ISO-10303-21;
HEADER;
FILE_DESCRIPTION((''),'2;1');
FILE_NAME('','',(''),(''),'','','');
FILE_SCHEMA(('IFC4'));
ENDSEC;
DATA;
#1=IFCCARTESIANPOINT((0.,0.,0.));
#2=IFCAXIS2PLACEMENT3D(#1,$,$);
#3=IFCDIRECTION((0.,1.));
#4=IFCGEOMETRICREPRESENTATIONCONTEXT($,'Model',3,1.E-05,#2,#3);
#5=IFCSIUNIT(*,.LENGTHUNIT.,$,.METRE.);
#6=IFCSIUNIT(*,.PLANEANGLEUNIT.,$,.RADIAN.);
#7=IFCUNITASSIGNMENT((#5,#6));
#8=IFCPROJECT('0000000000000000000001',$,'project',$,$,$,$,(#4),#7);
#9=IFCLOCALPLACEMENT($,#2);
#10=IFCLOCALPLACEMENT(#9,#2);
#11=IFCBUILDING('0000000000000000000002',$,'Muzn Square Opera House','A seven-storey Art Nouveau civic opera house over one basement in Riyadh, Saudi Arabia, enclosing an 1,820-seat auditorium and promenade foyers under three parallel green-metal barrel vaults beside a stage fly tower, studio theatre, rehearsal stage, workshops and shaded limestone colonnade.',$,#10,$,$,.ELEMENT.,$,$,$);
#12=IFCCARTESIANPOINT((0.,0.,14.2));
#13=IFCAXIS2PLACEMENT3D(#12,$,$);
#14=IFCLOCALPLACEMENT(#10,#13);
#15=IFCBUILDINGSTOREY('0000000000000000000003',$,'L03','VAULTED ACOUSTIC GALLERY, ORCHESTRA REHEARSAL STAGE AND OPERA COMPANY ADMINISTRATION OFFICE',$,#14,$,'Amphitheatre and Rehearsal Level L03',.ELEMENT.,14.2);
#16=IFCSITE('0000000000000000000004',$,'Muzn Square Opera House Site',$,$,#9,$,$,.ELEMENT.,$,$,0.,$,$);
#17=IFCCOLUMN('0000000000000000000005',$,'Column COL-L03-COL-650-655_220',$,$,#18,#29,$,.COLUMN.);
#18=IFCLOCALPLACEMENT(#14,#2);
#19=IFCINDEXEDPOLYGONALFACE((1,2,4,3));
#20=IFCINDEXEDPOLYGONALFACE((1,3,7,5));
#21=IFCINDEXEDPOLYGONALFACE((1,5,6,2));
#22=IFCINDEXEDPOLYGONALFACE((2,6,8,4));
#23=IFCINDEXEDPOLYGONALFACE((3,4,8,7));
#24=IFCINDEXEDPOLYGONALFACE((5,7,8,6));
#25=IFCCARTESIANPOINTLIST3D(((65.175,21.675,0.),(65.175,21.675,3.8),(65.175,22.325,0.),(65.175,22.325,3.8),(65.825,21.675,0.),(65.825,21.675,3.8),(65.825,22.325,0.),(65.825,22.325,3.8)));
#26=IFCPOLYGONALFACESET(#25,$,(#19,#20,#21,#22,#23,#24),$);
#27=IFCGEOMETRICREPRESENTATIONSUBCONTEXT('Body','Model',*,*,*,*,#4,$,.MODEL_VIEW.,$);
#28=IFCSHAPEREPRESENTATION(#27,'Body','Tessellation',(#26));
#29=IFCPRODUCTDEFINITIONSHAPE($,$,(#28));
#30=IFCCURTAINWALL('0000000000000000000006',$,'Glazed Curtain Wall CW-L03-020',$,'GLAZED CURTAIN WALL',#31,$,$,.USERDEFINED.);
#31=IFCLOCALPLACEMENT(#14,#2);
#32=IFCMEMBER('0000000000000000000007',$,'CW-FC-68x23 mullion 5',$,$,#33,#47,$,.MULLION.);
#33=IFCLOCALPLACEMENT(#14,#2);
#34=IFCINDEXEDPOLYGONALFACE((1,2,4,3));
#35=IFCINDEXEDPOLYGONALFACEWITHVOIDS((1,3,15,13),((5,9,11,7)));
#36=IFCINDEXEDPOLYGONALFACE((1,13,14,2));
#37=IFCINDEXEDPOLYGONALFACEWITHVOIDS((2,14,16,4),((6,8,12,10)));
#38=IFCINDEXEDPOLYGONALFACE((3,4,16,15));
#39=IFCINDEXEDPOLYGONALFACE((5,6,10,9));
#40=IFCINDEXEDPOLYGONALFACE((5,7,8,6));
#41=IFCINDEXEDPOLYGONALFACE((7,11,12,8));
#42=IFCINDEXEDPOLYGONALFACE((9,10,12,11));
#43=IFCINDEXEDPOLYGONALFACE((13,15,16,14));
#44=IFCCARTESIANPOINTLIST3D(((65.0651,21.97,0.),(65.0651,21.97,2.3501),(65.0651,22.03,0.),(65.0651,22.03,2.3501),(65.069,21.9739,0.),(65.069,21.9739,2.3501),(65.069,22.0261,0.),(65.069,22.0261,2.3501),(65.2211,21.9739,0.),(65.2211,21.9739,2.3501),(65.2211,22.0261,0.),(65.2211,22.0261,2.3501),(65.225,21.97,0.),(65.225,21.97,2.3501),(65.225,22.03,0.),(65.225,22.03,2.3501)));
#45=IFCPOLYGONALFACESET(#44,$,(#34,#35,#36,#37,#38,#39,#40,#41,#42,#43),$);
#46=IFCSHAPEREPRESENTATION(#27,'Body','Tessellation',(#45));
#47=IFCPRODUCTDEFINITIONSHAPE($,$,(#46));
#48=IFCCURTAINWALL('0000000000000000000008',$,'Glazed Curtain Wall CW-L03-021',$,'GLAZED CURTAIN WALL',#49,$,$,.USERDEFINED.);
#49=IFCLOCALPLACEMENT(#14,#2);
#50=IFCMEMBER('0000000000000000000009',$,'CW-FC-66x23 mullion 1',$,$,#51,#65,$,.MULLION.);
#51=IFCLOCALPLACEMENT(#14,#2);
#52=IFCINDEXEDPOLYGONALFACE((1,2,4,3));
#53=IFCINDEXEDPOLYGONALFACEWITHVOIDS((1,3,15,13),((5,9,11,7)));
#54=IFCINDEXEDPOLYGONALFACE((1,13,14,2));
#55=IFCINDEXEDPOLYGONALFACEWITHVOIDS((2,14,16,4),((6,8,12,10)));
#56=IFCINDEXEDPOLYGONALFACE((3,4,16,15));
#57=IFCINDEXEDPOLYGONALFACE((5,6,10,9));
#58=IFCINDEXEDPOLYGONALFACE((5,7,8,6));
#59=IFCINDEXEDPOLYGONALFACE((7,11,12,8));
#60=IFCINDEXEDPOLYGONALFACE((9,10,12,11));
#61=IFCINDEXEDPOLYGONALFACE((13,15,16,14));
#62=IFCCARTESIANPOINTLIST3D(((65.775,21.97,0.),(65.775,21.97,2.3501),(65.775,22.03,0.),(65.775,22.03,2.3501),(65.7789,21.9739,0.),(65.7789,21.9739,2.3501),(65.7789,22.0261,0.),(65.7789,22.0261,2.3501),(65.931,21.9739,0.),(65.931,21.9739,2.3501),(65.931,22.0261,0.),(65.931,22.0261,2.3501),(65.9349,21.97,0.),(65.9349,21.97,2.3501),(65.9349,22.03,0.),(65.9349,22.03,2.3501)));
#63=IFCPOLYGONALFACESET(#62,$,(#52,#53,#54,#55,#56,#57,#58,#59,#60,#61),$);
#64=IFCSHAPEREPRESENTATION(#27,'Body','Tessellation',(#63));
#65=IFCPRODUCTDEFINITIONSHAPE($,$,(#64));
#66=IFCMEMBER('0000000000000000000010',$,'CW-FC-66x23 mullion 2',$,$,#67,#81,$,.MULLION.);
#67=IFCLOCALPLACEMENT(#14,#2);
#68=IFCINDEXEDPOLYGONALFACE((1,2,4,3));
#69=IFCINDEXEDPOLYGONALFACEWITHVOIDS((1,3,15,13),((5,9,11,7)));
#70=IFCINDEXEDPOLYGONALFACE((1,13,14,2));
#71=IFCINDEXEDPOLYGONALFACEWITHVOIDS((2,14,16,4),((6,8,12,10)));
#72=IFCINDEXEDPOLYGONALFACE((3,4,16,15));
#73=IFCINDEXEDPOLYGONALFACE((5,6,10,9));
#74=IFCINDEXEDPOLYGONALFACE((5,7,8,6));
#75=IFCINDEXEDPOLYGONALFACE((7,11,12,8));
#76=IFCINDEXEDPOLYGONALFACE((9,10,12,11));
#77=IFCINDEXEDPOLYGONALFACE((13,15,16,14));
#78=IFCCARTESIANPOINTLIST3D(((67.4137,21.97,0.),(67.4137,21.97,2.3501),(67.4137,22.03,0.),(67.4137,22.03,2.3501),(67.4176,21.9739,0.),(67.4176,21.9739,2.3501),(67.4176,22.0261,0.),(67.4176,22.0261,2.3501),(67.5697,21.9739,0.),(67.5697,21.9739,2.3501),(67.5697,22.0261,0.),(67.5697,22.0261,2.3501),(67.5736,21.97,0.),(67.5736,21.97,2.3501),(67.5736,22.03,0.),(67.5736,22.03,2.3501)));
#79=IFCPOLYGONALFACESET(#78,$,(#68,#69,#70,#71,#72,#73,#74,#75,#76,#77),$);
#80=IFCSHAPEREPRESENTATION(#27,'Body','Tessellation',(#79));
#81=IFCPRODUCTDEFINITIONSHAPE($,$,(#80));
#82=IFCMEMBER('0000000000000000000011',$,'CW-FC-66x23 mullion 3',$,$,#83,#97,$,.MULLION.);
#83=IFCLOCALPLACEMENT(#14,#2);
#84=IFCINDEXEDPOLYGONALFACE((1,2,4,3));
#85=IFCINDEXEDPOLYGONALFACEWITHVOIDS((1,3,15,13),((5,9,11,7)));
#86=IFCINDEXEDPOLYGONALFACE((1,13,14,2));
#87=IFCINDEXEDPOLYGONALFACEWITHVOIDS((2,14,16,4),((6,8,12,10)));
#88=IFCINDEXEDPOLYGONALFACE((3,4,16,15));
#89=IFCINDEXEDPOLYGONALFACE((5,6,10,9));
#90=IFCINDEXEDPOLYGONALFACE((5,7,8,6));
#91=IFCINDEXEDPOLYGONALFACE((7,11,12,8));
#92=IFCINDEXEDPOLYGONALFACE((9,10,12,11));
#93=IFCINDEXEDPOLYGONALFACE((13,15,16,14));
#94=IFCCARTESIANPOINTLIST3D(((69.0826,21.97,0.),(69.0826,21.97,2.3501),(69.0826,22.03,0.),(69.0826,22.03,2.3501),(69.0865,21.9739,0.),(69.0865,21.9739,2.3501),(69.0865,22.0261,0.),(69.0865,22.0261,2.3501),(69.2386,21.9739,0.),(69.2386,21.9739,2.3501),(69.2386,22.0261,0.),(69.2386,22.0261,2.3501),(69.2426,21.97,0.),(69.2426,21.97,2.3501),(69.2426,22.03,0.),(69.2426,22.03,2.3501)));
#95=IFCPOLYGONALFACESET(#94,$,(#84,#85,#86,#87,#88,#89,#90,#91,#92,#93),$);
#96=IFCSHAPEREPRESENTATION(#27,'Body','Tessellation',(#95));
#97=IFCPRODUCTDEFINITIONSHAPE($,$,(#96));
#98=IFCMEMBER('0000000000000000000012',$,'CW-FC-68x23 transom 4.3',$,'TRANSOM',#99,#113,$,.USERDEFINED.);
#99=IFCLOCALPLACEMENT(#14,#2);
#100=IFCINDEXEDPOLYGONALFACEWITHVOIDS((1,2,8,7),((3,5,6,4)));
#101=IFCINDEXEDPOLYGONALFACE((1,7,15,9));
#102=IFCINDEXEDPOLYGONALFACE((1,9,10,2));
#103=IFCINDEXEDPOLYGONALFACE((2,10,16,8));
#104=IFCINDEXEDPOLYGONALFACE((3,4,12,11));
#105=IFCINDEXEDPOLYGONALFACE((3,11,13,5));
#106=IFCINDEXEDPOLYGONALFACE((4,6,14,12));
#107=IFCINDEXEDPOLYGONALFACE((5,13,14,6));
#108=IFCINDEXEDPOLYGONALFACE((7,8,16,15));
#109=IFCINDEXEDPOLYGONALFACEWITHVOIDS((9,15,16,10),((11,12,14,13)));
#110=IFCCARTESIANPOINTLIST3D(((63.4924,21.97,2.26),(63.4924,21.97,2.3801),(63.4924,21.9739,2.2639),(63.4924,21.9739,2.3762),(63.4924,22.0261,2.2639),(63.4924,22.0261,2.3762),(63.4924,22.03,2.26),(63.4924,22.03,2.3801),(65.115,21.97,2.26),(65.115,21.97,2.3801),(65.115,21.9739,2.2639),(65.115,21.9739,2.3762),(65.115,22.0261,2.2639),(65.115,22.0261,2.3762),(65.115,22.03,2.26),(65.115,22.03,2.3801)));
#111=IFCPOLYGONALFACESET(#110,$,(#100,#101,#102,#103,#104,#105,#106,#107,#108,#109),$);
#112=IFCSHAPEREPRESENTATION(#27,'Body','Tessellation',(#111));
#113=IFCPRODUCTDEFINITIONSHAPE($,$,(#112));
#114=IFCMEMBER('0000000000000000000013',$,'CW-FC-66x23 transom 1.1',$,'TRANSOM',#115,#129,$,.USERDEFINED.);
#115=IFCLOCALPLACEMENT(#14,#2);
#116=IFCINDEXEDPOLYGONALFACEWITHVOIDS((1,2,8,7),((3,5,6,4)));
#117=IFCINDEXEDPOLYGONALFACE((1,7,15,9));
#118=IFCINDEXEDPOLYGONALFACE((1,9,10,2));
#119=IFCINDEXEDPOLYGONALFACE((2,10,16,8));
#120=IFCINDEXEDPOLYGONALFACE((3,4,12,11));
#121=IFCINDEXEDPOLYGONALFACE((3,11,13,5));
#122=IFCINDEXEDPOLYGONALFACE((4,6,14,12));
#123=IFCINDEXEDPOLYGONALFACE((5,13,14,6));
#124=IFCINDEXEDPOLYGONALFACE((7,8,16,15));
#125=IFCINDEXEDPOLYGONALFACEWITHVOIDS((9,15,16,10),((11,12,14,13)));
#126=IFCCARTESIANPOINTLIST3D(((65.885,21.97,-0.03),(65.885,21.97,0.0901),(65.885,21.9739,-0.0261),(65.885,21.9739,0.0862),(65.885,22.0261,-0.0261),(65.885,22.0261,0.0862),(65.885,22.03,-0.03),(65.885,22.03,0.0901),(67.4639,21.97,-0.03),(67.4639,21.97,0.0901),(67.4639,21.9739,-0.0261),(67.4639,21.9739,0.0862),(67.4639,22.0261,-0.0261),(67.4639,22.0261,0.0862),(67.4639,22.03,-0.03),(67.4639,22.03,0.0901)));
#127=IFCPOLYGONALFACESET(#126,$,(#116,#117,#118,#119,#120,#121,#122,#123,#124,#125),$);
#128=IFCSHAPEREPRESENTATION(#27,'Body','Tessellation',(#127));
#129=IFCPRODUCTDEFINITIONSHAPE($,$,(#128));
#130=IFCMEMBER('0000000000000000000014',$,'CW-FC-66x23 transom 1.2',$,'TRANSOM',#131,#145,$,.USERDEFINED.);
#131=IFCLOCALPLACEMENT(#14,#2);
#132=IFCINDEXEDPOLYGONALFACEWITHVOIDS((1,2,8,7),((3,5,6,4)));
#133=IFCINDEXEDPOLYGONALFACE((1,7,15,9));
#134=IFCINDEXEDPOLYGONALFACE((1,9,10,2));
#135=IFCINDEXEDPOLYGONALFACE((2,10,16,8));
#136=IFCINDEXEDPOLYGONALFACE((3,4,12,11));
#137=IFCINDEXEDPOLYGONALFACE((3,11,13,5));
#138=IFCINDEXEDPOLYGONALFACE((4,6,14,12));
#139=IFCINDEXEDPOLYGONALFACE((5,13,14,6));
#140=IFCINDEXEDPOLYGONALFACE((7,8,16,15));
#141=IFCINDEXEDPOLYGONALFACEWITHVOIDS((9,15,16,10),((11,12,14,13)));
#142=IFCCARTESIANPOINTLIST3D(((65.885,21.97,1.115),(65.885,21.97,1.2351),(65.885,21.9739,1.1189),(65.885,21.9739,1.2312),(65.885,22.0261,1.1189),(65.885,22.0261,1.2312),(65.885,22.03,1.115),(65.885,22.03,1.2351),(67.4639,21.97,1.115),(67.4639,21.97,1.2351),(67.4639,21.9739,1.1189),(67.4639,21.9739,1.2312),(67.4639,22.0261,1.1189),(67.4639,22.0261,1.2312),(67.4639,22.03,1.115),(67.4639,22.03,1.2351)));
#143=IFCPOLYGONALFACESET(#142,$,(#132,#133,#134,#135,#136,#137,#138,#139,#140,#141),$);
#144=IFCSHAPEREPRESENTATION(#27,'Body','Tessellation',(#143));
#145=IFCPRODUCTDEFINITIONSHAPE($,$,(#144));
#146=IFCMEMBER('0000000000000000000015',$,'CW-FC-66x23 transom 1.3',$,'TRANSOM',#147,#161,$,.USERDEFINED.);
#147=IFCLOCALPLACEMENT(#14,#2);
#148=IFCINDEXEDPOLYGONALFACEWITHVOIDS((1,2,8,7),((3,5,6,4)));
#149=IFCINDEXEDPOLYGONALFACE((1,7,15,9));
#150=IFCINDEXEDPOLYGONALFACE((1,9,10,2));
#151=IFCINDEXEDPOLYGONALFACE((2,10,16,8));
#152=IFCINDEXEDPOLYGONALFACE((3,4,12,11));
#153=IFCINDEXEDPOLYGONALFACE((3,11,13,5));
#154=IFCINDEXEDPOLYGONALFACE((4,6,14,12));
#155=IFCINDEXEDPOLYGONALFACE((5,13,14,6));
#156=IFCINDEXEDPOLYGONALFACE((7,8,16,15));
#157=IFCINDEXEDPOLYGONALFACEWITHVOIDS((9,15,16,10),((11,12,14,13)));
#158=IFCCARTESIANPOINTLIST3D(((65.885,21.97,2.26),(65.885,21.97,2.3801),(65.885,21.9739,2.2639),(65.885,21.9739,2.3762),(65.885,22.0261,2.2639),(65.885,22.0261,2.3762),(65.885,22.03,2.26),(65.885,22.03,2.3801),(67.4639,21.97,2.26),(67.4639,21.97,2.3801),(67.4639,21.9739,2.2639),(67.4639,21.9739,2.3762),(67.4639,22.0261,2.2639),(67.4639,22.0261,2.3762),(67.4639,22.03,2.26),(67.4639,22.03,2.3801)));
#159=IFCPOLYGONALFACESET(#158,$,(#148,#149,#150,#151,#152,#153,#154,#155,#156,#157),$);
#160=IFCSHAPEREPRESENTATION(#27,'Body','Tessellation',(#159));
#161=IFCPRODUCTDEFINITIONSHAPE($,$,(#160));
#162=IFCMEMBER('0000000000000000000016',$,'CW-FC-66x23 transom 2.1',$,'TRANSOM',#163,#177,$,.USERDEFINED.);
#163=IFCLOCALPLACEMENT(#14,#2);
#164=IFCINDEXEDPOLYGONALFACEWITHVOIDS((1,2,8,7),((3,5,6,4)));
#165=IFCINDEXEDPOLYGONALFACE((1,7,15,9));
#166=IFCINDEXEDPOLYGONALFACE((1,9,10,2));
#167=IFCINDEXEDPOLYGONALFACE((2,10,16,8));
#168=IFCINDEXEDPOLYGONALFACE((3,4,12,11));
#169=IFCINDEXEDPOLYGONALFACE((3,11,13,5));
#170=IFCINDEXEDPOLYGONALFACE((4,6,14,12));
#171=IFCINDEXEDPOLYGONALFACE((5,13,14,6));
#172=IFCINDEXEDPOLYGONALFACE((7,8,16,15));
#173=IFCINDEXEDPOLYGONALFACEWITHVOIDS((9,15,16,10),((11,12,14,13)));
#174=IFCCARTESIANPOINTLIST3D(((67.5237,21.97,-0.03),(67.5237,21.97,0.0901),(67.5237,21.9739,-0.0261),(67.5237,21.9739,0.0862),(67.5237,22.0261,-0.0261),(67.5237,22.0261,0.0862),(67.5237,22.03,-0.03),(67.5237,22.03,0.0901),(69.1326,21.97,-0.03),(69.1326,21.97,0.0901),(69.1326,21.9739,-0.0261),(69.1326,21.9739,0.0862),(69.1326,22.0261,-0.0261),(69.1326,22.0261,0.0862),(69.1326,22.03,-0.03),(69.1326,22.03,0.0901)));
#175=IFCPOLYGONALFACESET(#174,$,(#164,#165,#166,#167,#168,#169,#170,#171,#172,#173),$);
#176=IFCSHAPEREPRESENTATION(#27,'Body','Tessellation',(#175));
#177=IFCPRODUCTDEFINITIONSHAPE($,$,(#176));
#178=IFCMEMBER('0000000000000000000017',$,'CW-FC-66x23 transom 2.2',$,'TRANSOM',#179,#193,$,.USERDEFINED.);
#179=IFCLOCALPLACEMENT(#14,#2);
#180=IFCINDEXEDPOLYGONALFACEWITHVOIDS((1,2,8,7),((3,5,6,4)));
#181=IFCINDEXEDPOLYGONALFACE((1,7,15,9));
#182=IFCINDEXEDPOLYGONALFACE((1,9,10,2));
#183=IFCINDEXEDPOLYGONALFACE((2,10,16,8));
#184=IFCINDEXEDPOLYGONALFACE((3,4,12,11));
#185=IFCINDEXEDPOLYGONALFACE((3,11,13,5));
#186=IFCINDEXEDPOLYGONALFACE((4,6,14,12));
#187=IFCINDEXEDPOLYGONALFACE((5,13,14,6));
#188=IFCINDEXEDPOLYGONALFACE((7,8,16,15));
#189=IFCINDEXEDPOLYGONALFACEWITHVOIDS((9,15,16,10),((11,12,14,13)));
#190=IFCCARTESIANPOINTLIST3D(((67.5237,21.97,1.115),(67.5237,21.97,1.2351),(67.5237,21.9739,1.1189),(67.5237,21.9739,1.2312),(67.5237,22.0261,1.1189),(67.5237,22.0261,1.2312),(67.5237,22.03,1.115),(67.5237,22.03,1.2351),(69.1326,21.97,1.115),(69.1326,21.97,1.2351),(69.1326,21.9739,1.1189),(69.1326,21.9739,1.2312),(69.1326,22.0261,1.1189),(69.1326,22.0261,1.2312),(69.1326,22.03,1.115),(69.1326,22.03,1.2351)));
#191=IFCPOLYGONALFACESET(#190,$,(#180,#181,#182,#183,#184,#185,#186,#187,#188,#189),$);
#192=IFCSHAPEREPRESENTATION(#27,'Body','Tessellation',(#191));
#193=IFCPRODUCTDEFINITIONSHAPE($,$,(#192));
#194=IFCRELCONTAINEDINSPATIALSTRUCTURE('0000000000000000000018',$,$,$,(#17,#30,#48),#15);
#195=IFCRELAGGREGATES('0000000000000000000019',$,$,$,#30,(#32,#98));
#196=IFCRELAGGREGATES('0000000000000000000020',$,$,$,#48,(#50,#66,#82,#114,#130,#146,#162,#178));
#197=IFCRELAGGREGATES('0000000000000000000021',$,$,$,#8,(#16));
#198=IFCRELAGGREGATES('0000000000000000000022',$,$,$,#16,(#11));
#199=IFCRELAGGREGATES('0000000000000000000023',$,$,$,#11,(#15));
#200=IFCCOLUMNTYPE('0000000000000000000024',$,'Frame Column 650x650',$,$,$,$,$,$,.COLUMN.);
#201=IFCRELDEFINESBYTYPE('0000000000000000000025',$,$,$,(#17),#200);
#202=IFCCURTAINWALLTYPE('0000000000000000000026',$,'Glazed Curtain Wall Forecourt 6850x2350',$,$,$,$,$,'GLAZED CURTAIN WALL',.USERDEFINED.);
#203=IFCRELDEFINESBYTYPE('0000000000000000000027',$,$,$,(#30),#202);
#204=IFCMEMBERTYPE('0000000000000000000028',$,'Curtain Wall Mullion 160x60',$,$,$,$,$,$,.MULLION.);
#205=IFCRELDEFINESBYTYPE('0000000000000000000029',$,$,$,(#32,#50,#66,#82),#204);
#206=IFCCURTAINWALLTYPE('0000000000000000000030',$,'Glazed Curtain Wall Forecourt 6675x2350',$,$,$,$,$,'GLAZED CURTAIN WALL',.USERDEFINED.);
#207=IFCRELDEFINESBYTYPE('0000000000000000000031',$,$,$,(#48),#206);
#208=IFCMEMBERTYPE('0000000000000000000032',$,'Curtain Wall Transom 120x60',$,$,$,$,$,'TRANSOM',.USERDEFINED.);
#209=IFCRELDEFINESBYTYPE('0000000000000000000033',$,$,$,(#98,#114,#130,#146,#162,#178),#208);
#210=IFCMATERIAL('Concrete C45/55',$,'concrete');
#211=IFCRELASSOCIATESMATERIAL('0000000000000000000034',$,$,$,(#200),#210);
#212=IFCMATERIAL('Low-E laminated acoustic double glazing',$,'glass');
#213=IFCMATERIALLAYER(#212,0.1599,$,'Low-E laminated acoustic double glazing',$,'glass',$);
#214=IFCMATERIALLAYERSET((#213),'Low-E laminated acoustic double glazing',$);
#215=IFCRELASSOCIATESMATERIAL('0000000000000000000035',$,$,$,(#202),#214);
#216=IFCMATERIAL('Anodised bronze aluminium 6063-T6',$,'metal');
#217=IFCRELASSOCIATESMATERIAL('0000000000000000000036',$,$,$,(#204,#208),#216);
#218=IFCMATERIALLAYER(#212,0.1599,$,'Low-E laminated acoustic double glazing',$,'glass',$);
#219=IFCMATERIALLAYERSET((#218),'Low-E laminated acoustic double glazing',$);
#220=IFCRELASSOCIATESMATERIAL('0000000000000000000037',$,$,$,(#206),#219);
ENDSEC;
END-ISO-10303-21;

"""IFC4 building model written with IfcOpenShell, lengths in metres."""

from ifc_helpers import new_model, si_unit, direction, frame, origin, origin_2d, place, context, subcontext, project, spatial, rectangle, hollow_rectangle, extrude, material, layer, layer_set, material_profile, profile_set, type_object, element, aggregate, save


model = new_model("IFC4")

# Units and contexts
model_context = context("Model", 3, precision=1e-05, world=origin(), true_north=direction((0.0, 1.0)))
body_context = subcontext(model_context, "Body", "Model", "MODEL_VIEW")
ifc_project = project(units=[si_unit("LENGTHUNIT", "METRE"), si_unit("PLANEANGLEUNIT", "RADIAN")], contexts=[model_context])

# Site, building, storey
site_placement = place(None, origin())
site = spatial("IfcSite", under=ifc_project, at=site_placement, Name="Muzn Square Opera House Site", CompositionType="ELEMENT", RefElevation=0.0)
building_placement = place(site_placement, origin())
building = spatial("IfcBuilding", under=site, at=building_placement, Name="Muzn Square Opera House", Description="A seven-storey Art Nouveau civic opera house over one basement in Riyadh, Saudi Arabia, enclosing an 1,820-seat auditorium and promenade foyers under three parallel green-metal barrel vaults beside a stage fly tower, studio theatre, rehearsal stage, workshops and shaded limestone colonnade.", CompositionType="ELEMENT")
storey_placement = place(building_placement, frame((0.0, 0.0, 14.2)))
storey = spatial("IfcBuildingStorey", under=building, at=storey_placement, Name="L03", Description="VAULTED ACOUSTIC GALLERY, ORCHESTRA REHEARSAL STAGE AND OPERA COMPANY ADMINISTRATION OFFICE", LongName="Amphitheatre and Rehearsal Level L03", CompositionType="ELEMENT", Elevation=14.2)

# Column
ifc_material_1 = material(Name="Concrete C45/55", Category="concrete")
ifc_material_profile_1 = material_profile(ifc_material_1, rectangle(XDim=0.6499, YDim=0.6499, at=origin_2d()), Name="RC 650x650", Category="concrete")
ifc_profile_set_1 = profile_set([ifc_material_profile_1], Name="Concrete C45/55")
column_type = type_object("IfcColumnType", Name="Frame Column 650x650", PredefinedType="COLUMN", material=ifc_profile_set_1)
column_placement = place(storey_placement, frame((65.5, 22.0, 0.0), z_axis=(0.0, 0.0, 1.0), x_axis=(1.0, 0.0, 0.0)))
element("IfcColumn", 1, at=column_placement, inside=storey, type_object=column_type, Name="Column COL-L03-COL-650-655_220", PredefinedType="COLUMN", context=body_context, shape_type="SweptSolid", body=[
    extrude(rectangle(XDim=0.6499, YDim=0.6499, at=origin_2d()), origin(), (0.0, 0.0, 1.0), 3.8),
])

# Curtain wall, member
ifc_material_2 = material(Name="Low-E laminated acoustic double glazing", Category="glass")
ifc_layer_1 = layer(ifc_material_2, 0.1599, Name="Low-E laminated acoustic double glazing", Category="glass")
ifc_layer_set_1 = layer_set([ifc_layer_1], Name="Low-E laminated acoustic double glazing")
curtain_wall_type_1 = type_object("IfcCurtainWallType", Name="Glazed Curtain Wall Forecourt 6850x2350", ElementType="GLAZED CURTAIN WALL", PredefinedType="USERDEFINED", material=ifc_layer_set_1)
curtain_wall_1_placement = place(storey_placement, origin())
curtain_wall_1 = element("IfcCurtainWall", 2, at=curtain_wall_1_placement, inside=storey, type_object=curtain_wall_type_1, Name="Glazed Curtain Wall CW-L03-020", ObjectType="GLAZED CURTAIN WALL", PredefinedType="USERDEFINED")
ifc_material_3 = material(Name="Anodised bronze aluminium 6063-T6", Category="metal")
ifc_material_profile_2 = material_profile(ifc_material_3, hollow_rectangle(XDim=0.0601, YDim=0.1599, WallThickness=0.0039, at=origin_2d()), Name="ALU 160x60x4", Category="metal")
ifc_profile_set_2 = profile_set([ifc_material_profile_2], Name="Anodised bronze aluminium 6063-T6")
member_type_1 = type_object("IfcMemberType", Name="Curtain Wall Mullion 160x60", PredefinedType="MULLION", material=ifc_profile_set_2)
member_1_placement = place(storey_placement, frame((65.145, 22.0, 0.0), z_axis=(0.0, 0.0, 1.0), x_axis=(0.0, 1.0, 0.0)))
member_1 = element("IfcMember", 3, at=member_1_placement, type_object=member_type_1, Name="CW-FC-68x23 mullion 5", PredefinedType="MULLION", context=body_context, shape_type="SweptSolid", body=[
    extrude(hollow_rectangle(XDim=0.0601, YDim=0.1599, WallThickness=0.0039, at=origin_2d()), origin(), (0.0, 0.0, 1.0), 2.3501),
])

# Curtain wall, members
ifc_layer_2 = layer(ifc_material_2, 0.1599, Name="Low-E laminated acoustic double glazing", Category="glass")
ifc_layer_set_2 = layer_set([ifc_layer_2], Name="Low-E laminated acoustic double glazing")
curtain_wall_type_2 = type_object("IfcCurtainWallType", Name="Glazed Curtain Wall Forecourt 6675x2350", ElementType="GLAZED CURTAIN WALL", PredefinedType="USERDEFINED", material=ifc_layer_set_2)
curtain_wall_2_placement = place(storey_placement, origin())
curtain_wall_2 = element("IfcCurtainWall", 4, at=curtain_wall_2_placement, inside=storey, type_object=curtain_wall_type_2, Name="Glazed Curtain Wall CW-L03-021", ObjectType="GLAZED CURTAIN WALL", PredefinedType="USERDEFINED")
member_2_placement = place(storey_placement, frame((65.855, 22.0, 0.0), z_axis=(0.0, 0.0, 1.0), x_axis=(0.0, 1.0, 0.0)))
member_2 = element("IfcMember", 5, at=member_2_placement, type_object=member_type_1, Name="CW-FC-66x23 mullion 1", PredefinedType="MULLION", context=body_context, shape_type="SweptSolid", body=[
    extrude(hollow_rectangle(XDim=0.0601, YDim=0.1599, WallThickness=0.0039, at=origin_2d()), origin(), (0.0, 0.0, 1.0), 2.3501),
])
member_3_placement = place(storey_placement, frame((67.4937, 22.0, 0.0), z_axis=(0.0, 0.0, 1.0), x_axis=(0.0, 1.0, 0.0)))
member_3 = element("IfcMember", 6, at=member_3_placement, type_object=member_type_1, Name="CW-FC-66x23 mullion 2", PredefinedType="MULLION", context=body_context, shape_type="SweptSolid", body=[
    extrude(hollow_rectangle(XDim=0.0601, YDim=0.1599, WallThickness=0.0039, at=origin_2d()), origin(), (0.0, 0.0, 1.0), 2.3501),
])
member_4_placement = place(storey_placement, frame((69.1626, 22.0, 0.0), z_axis=(0.0, 0.0, 1.0), x_axis=(0.0, 1.0, 0.0)))
member_4 = element("IfcMember", 7, at=member_4_placement, type_object=member_type_1, Name="CW-FC-66x23 mullion 3", PredefinedType="MULLION", context=body_context, shape_type="SweptSolid", body=[
    extrude(hollow_rectangle(XDim=0.0601, YDim=0.1599, WallThickness=0.0039, at=origin_2d()), origin(), (0.0, 0.0, 1.0), 2.3501),
])

# Members
ifc_material_profile_3 = material_profile(ifc_material_3, hollow_rectangle(XDim=0.0601, YDim=0.1201, WallThickness=0.0039, at=origin_2d()), Name="ALU 120x60x4", Category="metal")
ifc_profile_set_3 = profile_set([ifc_material_profile_3], Name="Anodised bronze aluminium 6063-T6")
member_type_2 = type_object("IfcMemberType", Name="Curtain Wall Transom 120x60", ElementType="TRANSOM", PredefinedType="USERDEFINED", material=ifc_profile_set_3)
member_5_placement = place(storey_placement, frame((63.4924, 22.0, 2.3201), z_axis=(1.0, 0.0, 0.0), x_axis=(0.0, 1.0, 0.0)))
member_5 = element("IfcMember", 8, at=member_5_placement, type_object=member_type_2, Name="CW-FC-68x23 transom 4.3", ObjectType="TRANSOM", PredefinedType="USERDEFINED", context=body_context, shape_type="SweptSolid", body=[
    extrude(hollow_rectangle(XDim=0.0601, YDim=0.1201, WallThickness=0.0039, at=origin_2d()), origin(), (0.0, 0.0, 1.0), 1.6226),
])
member_6_placement = place(storey_placement, frame((65.885, 22.0, 0.03), z_axis=(1.0, 0.0, 0.0), x_axis=(0.0, 1.0, 0.0)))
member_6 = element("IfcMember", 9, at=member_6_placement, type_object=member_type_2, Name="CW-FC-66x23 transom 1.1", ObjectType="TRANSOM", PredefinedType="USERDEFINED", context=body_context, shape_type="SweptSolid", body=[
    extrude(hollow_rectangle(XDim=0.0601, YDim=0.1201, WallThickness=0.0039, at=origin_2d()), origin(), (0.0, 0.0, 1.0), 1.5789),
])
member_7_placement = place(storey_placement, frame((65.885, 22.0, 1.175), z_axis=(1.0, 0.0, 0.0), x_axis=(0.0, 1.0, 0.0)))
member_7 = element("IfcMember", 10, at=member_7_placement, type_object=member_type_2, Name="CW-FC-66x23 transom 1.2", ObjectType="TRANSOM", PredefinedType="USERDEFINED", context=body_context, shape_type="SweptSolid", body=[
    extrude(hollow_rectangle(XDim=0.0601, YDim=0.1201, WallThickness=0.0039, at=origin_2d()), origin(), (0.0, 0.0, 1.0), 1.5789),
])
member_8_placement = place(storey_placement, frame((65.885, 22.0, 2.3201), z_axis=(1.0, 0.0, 0.0), x_axis=(0.0, 1.0, 0.0)))
member_8 = element("IfcMember", 11, at=member_8_placement, type_object=member_type_2, Name="CW-FC-66x23 transom 1.3", ObjectType="TRANSOM", PredefinedType="USERDEFINED", context=body_context, shape_type="SweptSolid", body=[
    extrude(hollow_rectangle(XDim=0.0601, YDim=0.1201, WallThickness=0.0039, at=origin_2d()), origin(), (0.0, 0.0, 1.0), 1.5789),
])
member_9_placement = place(storey_placement, frame((67.5237, 22.0, 0.03), z_axis=(1.0, 0.0, 0.0), x_axis=(0.0, 1.0, 0.0)))
member_9 = element("IfcMember", 12, at=member_9_placement, type_object=member_type_2, Name="CW-FC-66x23 transom 2.1", ObjectType="TRANSOM", PredefinedType="USERDEFINED", context=body_context, shape_type="SweptSolid", body=[
    extrude(hollow_rectangle(XDim=0.0601, YDim=0.1201, WallThickness=0.0039, at=origin_2d()), origin(), (0.0, 0.0, 1.0), 1.6089),
])
member_10_placement = place(storey_placement, frame((67.5237, 22.0, 1.175), z_axis=(1.0, 0.0, 0.0), x_axis=(0.0, 1.0, 0.0)))
member_10 = element("IfcMember", 13, at=member_10_placement, type_object=member_type_2, Name="CW-FC-66x23 transom 2.2", ObjectType="TRANSOM", PredefinedType="USERDEFINED", context=body_context, shape_type="SweptSolid", body=[
    extrude(hollow_rectangle(XDim=0.0601, YDim=0.1201, WallThickness=0.0039, at=origin_2d()), origin(), (0.0, 0.0, 1.0), 1.6089),
])

aggregate(curtain_wall_1, [member_1, member_5])
aggregate(curtain_wall_2, [member_2, member_3, member_4, member_6, member_7, member_8, member_9, member_10])

save(model, "model.ifc")
